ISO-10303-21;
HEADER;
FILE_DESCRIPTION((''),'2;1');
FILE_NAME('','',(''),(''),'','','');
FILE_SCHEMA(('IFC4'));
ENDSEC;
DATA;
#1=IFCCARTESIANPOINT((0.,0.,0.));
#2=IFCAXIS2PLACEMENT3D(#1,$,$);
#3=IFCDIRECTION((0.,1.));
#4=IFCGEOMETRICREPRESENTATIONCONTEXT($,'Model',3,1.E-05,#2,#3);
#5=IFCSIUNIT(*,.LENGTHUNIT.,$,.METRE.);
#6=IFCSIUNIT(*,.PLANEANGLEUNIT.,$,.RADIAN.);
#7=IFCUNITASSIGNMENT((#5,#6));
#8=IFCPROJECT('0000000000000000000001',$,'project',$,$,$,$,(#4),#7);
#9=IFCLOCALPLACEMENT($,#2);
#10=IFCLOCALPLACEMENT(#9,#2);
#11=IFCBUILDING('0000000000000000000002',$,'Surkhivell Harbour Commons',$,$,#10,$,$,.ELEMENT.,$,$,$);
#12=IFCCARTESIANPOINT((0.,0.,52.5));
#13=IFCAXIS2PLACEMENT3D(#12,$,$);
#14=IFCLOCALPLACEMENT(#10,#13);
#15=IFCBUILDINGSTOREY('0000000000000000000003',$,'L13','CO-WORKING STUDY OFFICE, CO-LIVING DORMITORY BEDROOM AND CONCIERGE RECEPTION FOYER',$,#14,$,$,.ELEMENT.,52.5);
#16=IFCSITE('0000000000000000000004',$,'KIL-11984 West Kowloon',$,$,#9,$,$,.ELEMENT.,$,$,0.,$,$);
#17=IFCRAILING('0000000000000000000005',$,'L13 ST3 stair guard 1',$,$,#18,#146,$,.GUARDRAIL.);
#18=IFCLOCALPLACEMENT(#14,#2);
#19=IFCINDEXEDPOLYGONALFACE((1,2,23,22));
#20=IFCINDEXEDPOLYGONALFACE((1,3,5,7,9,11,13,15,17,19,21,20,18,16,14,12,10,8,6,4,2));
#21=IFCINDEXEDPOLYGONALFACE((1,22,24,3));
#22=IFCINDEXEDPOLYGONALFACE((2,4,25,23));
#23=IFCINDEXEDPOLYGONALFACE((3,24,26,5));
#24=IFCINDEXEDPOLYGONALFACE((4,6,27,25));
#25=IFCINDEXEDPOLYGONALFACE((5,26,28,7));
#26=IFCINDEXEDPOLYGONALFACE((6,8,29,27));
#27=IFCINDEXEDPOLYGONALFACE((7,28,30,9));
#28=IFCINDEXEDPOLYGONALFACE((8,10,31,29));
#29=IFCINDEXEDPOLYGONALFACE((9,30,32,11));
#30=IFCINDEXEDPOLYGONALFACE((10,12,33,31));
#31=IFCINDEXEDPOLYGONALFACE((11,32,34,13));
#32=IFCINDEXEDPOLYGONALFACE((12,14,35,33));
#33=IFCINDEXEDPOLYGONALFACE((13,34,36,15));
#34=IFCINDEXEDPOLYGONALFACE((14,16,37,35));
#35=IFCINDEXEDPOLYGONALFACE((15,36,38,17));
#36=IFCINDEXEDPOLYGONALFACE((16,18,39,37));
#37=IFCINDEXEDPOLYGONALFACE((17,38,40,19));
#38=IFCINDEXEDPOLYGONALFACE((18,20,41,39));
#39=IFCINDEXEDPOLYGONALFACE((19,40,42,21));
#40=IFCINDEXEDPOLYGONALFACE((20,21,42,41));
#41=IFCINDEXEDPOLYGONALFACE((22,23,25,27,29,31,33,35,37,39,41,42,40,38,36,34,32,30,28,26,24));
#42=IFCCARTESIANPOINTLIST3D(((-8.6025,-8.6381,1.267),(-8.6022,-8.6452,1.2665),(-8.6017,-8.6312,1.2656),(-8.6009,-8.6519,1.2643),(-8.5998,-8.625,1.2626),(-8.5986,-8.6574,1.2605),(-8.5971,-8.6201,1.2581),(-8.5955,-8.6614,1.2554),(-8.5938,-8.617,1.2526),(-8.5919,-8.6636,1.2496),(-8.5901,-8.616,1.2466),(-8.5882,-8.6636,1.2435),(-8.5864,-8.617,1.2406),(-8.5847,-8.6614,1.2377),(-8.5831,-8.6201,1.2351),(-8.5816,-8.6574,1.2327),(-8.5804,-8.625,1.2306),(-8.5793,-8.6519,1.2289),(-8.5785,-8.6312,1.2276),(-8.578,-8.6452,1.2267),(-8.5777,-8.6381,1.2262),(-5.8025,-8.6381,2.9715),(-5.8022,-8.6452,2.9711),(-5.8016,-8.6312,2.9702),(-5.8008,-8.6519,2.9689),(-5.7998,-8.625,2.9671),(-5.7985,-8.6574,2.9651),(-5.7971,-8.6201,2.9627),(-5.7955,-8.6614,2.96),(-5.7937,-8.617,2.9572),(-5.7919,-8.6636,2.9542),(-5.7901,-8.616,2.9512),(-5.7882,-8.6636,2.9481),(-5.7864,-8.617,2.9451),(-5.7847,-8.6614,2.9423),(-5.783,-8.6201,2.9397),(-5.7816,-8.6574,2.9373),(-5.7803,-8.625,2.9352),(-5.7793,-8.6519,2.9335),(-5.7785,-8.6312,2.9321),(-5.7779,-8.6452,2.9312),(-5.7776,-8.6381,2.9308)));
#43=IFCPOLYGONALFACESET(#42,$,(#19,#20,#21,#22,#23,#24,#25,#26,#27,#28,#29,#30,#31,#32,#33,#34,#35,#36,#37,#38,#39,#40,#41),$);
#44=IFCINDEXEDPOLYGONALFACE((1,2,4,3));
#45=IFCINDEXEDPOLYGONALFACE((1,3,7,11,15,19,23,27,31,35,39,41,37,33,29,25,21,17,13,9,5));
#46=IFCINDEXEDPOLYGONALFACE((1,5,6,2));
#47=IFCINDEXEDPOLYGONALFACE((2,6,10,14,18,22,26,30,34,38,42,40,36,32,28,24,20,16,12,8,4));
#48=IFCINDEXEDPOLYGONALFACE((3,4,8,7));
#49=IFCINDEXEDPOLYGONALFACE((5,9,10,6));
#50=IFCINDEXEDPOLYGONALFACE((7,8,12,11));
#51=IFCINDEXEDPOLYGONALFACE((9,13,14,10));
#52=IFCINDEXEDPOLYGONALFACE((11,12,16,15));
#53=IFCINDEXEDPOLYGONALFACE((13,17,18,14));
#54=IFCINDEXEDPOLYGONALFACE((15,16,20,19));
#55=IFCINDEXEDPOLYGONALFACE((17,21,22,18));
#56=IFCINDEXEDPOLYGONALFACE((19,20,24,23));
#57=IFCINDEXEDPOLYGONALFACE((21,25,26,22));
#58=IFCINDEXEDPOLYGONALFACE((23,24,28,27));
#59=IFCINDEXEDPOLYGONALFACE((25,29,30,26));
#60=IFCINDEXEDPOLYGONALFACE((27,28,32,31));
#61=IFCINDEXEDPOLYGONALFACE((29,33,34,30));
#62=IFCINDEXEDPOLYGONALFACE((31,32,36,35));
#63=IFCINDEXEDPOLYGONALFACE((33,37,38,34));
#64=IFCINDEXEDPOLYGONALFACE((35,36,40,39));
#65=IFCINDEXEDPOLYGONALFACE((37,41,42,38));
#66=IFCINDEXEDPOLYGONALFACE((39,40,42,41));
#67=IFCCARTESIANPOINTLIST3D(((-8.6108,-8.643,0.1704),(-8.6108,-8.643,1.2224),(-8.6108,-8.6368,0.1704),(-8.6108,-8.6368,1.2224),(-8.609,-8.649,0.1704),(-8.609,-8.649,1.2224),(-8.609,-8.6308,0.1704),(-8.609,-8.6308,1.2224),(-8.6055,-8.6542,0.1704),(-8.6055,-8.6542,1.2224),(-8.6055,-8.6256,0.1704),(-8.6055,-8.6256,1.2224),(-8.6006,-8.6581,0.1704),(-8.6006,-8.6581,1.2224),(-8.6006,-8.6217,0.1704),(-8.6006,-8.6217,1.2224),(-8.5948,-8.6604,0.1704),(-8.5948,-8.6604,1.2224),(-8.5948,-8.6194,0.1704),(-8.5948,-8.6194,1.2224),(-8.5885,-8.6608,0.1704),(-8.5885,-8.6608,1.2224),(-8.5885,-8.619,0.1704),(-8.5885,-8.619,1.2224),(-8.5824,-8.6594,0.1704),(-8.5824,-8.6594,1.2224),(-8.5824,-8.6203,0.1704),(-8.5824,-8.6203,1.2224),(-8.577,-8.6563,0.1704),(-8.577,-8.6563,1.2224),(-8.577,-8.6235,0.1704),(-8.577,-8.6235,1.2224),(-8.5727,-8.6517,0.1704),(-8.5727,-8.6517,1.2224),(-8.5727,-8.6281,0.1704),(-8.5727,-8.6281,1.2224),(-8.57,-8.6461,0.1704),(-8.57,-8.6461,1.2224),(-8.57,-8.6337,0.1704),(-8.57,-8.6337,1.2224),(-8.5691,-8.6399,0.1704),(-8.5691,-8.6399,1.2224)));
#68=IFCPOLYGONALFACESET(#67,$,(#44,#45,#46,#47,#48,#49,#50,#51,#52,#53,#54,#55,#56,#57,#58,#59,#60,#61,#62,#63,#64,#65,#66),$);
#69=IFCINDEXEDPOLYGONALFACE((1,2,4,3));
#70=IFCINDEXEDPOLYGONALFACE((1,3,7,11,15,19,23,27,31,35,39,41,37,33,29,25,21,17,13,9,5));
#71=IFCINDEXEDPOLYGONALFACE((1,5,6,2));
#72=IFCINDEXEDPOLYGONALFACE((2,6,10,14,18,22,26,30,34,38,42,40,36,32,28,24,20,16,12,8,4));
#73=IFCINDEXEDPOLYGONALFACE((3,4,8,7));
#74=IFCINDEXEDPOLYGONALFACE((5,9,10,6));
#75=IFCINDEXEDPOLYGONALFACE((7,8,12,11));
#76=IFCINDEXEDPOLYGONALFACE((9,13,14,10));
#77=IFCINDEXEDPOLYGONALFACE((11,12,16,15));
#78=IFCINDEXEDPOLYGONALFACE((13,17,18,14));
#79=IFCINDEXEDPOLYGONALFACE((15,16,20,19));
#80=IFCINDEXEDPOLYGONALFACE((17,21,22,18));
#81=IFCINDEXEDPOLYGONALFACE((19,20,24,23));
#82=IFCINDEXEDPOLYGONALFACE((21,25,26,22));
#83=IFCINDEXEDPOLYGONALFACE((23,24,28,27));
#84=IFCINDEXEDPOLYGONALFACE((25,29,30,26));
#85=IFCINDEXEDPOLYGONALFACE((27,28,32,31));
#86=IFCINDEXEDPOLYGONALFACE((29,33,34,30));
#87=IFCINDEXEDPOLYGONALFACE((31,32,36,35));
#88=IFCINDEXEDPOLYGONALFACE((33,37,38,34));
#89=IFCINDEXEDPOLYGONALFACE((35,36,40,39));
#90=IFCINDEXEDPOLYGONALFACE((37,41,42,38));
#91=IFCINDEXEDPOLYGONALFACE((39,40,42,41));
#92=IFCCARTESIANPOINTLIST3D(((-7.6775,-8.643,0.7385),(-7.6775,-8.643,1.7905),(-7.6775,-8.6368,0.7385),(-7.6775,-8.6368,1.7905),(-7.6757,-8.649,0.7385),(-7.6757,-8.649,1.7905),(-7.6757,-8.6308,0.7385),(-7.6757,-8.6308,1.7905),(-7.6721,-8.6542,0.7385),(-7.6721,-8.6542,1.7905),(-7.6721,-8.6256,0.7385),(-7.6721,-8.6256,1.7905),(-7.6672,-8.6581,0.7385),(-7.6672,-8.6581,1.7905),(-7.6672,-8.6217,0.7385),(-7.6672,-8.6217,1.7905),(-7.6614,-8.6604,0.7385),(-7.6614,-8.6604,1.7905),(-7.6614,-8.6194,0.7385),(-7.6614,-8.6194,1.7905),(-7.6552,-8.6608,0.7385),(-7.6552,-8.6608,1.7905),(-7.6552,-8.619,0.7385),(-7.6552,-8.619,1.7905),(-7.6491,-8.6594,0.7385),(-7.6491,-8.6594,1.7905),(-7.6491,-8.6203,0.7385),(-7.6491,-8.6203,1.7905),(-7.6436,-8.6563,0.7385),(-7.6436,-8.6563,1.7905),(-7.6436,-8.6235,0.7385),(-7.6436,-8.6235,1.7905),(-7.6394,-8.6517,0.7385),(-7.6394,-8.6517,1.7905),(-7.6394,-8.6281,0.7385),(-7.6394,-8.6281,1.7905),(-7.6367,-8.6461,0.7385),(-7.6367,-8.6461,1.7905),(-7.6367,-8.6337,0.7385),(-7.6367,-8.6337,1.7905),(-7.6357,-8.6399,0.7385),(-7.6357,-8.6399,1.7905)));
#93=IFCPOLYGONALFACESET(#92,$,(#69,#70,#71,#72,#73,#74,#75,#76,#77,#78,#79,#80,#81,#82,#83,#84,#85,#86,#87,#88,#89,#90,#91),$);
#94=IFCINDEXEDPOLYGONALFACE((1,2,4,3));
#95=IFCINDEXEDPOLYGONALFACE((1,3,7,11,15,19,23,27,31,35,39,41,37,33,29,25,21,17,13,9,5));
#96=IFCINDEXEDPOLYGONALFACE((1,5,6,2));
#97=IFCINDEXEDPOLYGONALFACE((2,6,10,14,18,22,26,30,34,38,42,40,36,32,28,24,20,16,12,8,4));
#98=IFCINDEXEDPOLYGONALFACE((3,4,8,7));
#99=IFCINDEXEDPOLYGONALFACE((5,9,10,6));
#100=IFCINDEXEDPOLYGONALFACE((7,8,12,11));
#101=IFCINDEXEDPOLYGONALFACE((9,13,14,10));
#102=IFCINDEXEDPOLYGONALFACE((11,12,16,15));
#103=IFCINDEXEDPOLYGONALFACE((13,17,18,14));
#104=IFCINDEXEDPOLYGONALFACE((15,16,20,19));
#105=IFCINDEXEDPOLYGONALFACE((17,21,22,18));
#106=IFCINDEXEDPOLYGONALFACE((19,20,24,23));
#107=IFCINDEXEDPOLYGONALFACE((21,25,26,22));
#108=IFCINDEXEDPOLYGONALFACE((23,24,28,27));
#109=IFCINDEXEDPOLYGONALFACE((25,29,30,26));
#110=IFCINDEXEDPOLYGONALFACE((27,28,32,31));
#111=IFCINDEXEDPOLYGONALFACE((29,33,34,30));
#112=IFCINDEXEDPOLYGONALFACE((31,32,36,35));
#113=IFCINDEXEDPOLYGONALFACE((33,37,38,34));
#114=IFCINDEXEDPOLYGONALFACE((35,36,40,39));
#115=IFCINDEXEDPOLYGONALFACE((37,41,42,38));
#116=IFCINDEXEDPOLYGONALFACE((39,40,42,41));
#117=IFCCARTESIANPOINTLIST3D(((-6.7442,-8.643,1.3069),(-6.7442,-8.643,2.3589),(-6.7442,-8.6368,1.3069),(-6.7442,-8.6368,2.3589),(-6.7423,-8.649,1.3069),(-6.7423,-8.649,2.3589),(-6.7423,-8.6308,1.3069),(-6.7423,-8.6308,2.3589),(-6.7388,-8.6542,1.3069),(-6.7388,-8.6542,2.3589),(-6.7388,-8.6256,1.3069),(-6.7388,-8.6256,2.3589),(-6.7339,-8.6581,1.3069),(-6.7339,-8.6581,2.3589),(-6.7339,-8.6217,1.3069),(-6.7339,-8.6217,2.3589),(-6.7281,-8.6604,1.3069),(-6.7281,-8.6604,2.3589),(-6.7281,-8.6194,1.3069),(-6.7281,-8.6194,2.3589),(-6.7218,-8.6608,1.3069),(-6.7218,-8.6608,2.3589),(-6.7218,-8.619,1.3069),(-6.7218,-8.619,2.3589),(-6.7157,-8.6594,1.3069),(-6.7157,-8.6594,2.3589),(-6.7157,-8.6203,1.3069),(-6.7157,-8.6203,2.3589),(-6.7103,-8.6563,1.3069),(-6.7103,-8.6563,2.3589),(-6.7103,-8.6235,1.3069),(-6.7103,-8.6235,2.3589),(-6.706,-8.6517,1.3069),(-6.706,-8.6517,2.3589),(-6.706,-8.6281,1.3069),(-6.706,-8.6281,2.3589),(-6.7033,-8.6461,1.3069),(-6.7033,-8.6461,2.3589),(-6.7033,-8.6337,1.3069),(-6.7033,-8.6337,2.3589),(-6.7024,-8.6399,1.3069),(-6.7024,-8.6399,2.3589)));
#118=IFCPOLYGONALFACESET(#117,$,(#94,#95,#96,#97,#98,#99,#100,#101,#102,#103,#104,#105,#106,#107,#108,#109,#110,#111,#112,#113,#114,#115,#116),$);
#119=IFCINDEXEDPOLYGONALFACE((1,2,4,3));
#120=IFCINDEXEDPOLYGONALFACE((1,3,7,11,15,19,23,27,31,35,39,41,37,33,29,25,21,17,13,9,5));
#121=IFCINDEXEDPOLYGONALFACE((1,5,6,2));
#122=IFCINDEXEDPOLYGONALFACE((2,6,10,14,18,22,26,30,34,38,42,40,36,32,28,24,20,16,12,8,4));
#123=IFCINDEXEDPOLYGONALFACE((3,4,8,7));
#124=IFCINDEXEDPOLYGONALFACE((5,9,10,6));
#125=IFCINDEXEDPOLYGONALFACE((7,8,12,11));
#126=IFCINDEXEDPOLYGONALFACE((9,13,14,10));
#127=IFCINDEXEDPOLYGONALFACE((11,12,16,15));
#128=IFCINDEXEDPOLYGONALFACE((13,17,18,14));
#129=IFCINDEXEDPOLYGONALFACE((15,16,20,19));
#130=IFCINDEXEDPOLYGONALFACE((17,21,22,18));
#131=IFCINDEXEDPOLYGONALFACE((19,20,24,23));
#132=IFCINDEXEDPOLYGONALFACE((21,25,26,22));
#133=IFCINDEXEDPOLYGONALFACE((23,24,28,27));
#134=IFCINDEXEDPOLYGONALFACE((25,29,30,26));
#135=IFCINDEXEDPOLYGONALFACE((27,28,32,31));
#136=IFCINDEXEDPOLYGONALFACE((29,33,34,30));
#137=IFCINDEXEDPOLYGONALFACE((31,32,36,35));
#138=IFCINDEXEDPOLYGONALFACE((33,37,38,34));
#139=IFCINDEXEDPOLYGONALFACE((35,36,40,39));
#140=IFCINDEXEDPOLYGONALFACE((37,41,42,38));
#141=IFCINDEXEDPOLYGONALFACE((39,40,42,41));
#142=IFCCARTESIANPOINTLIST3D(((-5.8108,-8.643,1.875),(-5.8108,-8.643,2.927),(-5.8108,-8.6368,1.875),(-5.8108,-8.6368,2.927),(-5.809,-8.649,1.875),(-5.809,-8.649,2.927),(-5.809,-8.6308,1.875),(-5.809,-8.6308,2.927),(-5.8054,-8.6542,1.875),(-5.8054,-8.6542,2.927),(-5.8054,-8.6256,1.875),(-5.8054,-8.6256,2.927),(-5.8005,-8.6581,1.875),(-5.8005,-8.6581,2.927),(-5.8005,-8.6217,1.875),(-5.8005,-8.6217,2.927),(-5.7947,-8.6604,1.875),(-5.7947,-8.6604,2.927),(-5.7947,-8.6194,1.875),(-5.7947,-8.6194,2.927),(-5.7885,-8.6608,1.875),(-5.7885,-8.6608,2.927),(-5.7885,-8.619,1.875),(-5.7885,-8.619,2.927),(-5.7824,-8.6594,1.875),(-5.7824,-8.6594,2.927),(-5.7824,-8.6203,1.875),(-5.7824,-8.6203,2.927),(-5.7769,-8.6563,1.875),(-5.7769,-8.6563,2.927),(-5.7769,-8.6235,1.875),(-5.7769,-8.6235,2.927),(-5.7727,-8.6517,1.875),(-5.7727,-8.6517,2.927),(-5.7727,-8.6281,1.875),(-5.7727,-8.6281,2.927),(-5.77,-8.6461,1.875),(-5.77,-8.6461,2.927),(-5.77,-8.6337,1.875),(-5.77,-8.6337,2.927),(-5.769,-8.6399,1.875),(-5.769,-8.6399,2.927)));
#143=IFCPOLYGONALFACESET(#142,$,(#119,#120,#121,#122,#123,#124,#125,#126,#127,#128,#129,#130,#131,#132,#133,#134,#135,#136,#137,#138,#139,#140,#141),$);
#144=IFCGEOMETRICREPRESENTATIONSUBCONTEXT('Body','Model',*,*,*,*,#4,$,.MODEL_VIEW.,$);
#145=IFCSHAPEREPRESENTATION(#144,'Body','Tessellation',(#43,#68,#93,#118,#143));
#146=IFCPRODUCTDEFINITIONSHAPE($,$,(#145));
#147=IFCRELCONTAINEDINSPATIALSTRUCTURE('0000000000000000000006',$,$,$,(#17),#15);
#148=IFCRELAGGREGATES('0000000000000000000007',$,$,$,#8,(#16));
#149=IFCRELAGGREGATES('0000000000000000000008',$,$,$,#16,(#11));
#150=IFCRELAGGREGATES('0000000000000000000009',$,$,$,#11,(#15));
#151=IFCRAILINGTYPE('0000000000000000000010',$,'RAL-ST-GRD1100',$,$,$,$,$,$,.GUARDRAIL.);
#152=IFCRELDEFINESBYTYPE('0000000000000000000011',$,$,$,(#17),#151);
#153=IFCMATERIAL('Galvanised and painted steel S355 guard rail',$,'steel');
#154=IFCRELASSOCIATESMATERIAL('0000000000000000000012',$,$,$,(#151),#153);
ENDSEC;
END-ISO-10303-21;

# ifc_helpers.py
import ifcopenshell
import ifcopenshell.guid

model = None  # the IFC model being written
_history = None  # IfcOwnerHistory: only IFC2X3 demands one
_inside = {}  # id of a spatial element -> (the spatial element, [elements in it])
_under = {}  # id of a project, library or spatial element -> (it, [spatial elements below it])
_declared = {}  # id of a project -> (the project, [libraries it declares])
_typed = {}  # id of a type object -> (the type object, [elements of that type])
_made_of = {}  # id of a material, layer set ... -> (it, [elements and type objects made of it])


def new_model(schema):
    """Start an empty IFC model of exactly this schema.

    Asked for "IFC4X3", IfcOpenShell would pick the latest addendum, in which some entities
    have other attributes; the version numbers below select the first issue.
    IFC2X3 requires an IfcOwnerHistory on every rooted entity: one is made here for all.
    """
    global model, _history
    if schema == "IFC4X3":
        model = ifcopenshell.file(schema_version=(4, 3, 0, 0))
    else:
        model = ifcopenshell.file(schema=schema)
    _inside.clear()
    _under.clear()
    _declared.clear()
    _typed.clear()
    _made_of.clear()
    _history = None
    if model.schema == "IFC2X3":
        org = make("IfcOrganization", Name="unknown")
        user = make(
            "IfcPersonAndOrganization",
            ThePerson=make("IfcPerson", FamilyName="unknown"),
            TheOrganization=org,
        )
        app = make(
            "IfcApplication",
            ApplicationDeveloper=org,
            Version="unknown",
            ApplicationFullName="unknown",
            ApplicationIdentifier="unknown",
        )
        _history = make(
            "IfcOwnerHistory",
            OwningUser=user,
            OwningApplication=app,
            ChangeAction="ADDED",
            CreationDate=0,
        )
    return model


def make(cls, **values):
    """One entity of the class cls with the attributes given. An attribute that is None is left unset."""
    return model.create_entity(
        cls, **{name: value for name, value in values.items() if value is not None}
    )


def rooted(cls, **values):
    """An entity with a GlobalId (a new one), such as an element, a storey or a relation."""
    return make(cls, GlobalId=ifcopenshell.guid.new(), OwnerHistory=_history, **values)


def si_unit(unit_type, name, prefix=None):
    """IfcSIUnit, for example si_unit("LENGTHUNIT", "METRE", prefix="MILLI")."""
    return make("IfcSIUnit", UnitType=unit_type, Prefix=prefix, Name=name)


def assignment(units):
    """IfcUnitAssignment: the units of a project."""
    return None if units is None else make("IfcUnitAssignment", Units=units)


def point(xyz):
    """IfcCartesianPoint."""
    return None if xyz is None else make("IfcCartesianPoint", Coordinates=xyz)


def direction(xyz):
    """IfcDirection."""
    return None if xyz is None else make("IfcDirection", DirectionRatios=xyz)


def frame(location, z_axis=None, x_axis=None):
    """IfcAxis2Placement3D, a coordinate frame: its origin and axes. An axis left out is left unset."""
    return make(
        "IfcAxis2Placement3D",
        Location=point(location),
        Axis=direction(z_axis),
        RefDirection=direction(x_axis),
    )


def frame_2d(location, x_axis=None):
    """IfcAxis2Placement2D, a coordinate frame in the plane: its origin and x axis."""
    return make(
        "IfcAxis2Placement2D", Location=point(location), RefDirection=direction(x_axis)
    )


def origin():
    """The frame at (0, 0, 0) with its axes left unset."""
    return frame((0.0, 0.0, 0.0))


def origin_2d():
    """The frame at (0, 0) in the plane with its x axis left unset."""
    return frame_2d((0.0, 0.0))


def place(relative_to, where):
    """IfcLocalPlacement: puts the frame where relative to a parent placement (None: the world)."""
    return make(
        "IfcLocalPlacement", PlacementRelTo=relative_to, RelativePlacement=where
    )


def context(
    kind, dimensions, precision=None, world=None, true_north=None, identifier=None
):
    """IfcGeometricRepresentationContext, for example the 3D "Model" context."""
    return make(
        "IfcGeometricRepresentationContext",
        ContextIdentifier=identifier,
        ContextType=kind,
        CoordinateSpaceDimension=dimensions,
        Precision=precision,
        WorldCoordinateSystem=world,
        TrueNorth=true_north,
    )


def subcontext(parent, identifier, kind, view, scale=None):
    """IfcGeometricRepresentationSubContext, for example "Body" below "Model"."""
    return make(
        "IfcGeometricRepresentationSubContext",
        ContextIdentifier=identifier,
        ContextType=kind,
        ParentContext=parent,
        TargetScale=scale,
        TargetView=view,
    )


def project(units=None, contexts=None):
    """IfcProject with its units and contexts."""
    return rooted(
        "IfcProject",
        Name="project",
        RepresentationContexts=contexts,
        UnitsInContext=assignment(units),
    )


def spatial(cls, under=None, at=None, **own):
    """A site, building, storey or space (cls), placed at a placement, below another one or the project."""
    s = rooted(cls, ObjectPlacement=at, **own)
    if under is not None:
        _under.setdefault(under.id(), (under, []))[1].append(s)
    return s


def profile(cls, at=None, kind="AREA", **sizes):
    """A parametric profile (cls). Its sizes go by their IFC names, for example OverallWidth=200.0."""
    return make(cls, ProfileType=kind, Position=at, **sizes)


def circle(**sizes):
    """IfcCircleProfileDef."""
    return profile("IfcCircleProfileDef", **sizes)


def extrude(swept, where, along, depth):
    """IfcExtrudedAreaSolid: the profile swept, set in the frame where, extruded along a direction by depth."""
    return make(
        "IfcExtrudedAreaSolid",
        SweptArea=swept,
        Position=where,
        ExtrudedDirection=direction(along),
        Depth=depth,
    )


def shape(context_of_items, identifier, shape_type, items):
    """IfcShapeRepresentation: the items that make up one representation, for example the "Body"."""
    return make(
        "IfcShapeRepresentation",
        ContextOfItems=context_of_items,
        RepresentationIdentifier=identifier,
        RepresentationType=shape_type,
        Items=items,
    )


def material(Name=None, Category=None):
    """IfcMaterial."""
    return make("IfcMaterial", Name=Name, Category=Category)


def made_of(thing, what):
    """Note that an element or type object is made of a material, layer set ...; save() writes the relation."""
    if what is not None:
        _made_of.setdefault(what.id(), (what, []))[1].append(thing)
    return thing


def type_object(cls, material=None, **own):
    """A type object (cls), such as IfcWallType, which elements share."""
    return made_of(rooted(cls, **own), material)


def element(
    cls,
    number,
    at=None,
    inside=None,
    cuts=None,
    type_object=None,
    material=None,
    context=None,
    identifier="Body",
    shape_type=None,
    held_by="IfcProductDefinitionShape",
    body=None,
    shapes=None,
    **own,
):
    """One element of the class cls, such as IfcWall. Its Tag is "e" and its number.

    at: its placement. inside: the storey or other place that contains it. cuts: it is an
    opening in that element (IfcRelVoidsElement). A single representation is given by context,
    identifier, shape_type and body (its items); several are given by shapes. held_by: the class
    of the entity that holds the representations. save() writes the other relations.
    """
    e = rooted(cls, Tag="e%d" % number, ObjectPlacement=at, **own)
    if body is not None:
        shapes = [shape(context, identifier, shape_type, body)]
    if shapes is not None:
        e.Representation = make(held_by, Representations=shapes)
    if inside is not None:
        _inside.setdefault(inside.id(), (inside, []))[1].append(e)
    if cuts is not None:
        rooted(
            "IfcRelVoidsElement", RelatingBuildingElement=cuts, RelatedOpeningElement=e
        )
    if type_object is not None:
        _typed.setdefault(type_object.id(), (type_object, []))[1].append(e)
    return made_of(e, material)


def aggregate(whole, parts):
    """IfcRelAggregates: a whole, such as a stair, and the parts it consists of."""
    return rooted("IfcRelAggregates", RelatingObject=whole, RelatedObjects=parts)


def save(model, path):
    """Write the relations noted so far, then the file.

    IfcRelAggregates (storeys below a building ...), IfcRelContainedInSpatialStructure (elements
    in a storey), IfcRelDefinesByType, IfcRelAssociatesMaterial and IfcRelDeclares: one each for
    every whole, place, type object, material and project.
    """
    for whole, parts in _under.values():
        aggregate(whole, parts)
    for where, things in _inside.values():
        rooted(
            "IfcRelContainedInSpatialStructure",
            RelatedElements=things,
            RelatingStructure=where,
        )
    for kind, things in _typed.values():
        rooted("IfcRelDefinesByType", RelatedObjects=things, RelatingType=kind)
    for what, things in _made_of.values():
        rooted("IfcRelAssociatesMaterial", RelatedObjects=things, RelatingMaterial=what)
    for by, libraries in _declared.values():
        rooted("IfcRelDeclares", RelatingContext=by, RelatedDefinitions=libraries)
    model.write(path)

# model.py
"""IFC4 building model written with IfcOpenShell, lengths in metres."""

from ifc_helpers import new_model, si_unit, direction, frame, origin, origin_2d, place, context, subcontext, project, spatial, circle, extrude, material, type_object, element, save


model = new_model("IFC4")

# Units and contexts
model_context = context("Model", 3, precision=1e-05, world=origin(), true_north=direction((0.0, 1.0)))
body_context = subcontext(model_context, "Body", "Model", "MODEL_VIEW")
ifc_project = project(units=[si_unit("LENGTHUNIT", "METRE"), si_unit("PLANEANGLEUNIT", "RADIAN")], contexts=[model_context])

# Site, building, storey
site_placement = place(None, origin())
site = spatial("IfcSite", under=ifc_project, at=site_placement, Name="KIL-11984 West Kowloon", CompositionType="ELEMENT", RefElevation=0.0)
building_placement = place(site_placement, origin())
building = spatial("IfcBuilding", under=site, at=building_placement, Name="Surkhivell Harbour Commons", CompositionType="ELEMENT")
storey_placement = place(building_placement, frame((0.0, 0.0, 52.5)))
storey = spatial("IfcBuildingStorey", under=building, at=storey_placement, Name="L13", Description="CO-WORKING STUDY OFFICE, CO-LIVING DORMITORY BEDROOM AND CONCIERGE RECEPTION FOYER", CompositionType="ELEMENT", Elevation=52.5)

# Railing
ifc_material_1 = material(Name="Galvanised and painted steel S355 guard rail", Category="steel")
railing_type_1 = type_object("IfcRailingType", Name="RAL-ST-GRD1100", PredefinedType="GUARDRAIL", material=ifc_material_1)
railing_1_placement = place(storey_placement, frame((-8.5901, -8.6399, 0.1704)))
element("IfcRailing", 1, at=railing_1_placement, inside=storey, type_object=railing_type_1, Name="L13 ST3 stair guard 1", PredefinedType="GUARDRAIL", context=body_context, shape_type="SweptSolid", body=[
    extrude(circle(Radius=0.0239, at=origin_2d()), frame((0.0, 0.0, 1.0762), z_axis=(0.85417, 0.0, 0.519994), x_axis=(0.0, 1.0, 0.0)), (0.0, 0.0, 1.0), 3.2781),
    extrude(circle(Radius=0.021, at=origin_2d()), origin(), (0.0, 0.0, 1.0), 1.052),
    extrude(circle(Radius=0.021, at=origin_2d()), frame((0.9333, 0.0, 0.5681)), (0.0, 0.0, 1.0), 1.052),
    extrude(circle(Radius=0.021, at=origin_2d()), frame((1.8667, 0.0, 1.1365)), (0.0, 0.0, 1.0), 1.052),
    extrude(circle(Radius=0.021, at=origin_2d()), frame((2.8, 0.0, 1.7046)), (0.0, 0.0, 1.0), 1.052),
])

save(model, "model.ifc")
